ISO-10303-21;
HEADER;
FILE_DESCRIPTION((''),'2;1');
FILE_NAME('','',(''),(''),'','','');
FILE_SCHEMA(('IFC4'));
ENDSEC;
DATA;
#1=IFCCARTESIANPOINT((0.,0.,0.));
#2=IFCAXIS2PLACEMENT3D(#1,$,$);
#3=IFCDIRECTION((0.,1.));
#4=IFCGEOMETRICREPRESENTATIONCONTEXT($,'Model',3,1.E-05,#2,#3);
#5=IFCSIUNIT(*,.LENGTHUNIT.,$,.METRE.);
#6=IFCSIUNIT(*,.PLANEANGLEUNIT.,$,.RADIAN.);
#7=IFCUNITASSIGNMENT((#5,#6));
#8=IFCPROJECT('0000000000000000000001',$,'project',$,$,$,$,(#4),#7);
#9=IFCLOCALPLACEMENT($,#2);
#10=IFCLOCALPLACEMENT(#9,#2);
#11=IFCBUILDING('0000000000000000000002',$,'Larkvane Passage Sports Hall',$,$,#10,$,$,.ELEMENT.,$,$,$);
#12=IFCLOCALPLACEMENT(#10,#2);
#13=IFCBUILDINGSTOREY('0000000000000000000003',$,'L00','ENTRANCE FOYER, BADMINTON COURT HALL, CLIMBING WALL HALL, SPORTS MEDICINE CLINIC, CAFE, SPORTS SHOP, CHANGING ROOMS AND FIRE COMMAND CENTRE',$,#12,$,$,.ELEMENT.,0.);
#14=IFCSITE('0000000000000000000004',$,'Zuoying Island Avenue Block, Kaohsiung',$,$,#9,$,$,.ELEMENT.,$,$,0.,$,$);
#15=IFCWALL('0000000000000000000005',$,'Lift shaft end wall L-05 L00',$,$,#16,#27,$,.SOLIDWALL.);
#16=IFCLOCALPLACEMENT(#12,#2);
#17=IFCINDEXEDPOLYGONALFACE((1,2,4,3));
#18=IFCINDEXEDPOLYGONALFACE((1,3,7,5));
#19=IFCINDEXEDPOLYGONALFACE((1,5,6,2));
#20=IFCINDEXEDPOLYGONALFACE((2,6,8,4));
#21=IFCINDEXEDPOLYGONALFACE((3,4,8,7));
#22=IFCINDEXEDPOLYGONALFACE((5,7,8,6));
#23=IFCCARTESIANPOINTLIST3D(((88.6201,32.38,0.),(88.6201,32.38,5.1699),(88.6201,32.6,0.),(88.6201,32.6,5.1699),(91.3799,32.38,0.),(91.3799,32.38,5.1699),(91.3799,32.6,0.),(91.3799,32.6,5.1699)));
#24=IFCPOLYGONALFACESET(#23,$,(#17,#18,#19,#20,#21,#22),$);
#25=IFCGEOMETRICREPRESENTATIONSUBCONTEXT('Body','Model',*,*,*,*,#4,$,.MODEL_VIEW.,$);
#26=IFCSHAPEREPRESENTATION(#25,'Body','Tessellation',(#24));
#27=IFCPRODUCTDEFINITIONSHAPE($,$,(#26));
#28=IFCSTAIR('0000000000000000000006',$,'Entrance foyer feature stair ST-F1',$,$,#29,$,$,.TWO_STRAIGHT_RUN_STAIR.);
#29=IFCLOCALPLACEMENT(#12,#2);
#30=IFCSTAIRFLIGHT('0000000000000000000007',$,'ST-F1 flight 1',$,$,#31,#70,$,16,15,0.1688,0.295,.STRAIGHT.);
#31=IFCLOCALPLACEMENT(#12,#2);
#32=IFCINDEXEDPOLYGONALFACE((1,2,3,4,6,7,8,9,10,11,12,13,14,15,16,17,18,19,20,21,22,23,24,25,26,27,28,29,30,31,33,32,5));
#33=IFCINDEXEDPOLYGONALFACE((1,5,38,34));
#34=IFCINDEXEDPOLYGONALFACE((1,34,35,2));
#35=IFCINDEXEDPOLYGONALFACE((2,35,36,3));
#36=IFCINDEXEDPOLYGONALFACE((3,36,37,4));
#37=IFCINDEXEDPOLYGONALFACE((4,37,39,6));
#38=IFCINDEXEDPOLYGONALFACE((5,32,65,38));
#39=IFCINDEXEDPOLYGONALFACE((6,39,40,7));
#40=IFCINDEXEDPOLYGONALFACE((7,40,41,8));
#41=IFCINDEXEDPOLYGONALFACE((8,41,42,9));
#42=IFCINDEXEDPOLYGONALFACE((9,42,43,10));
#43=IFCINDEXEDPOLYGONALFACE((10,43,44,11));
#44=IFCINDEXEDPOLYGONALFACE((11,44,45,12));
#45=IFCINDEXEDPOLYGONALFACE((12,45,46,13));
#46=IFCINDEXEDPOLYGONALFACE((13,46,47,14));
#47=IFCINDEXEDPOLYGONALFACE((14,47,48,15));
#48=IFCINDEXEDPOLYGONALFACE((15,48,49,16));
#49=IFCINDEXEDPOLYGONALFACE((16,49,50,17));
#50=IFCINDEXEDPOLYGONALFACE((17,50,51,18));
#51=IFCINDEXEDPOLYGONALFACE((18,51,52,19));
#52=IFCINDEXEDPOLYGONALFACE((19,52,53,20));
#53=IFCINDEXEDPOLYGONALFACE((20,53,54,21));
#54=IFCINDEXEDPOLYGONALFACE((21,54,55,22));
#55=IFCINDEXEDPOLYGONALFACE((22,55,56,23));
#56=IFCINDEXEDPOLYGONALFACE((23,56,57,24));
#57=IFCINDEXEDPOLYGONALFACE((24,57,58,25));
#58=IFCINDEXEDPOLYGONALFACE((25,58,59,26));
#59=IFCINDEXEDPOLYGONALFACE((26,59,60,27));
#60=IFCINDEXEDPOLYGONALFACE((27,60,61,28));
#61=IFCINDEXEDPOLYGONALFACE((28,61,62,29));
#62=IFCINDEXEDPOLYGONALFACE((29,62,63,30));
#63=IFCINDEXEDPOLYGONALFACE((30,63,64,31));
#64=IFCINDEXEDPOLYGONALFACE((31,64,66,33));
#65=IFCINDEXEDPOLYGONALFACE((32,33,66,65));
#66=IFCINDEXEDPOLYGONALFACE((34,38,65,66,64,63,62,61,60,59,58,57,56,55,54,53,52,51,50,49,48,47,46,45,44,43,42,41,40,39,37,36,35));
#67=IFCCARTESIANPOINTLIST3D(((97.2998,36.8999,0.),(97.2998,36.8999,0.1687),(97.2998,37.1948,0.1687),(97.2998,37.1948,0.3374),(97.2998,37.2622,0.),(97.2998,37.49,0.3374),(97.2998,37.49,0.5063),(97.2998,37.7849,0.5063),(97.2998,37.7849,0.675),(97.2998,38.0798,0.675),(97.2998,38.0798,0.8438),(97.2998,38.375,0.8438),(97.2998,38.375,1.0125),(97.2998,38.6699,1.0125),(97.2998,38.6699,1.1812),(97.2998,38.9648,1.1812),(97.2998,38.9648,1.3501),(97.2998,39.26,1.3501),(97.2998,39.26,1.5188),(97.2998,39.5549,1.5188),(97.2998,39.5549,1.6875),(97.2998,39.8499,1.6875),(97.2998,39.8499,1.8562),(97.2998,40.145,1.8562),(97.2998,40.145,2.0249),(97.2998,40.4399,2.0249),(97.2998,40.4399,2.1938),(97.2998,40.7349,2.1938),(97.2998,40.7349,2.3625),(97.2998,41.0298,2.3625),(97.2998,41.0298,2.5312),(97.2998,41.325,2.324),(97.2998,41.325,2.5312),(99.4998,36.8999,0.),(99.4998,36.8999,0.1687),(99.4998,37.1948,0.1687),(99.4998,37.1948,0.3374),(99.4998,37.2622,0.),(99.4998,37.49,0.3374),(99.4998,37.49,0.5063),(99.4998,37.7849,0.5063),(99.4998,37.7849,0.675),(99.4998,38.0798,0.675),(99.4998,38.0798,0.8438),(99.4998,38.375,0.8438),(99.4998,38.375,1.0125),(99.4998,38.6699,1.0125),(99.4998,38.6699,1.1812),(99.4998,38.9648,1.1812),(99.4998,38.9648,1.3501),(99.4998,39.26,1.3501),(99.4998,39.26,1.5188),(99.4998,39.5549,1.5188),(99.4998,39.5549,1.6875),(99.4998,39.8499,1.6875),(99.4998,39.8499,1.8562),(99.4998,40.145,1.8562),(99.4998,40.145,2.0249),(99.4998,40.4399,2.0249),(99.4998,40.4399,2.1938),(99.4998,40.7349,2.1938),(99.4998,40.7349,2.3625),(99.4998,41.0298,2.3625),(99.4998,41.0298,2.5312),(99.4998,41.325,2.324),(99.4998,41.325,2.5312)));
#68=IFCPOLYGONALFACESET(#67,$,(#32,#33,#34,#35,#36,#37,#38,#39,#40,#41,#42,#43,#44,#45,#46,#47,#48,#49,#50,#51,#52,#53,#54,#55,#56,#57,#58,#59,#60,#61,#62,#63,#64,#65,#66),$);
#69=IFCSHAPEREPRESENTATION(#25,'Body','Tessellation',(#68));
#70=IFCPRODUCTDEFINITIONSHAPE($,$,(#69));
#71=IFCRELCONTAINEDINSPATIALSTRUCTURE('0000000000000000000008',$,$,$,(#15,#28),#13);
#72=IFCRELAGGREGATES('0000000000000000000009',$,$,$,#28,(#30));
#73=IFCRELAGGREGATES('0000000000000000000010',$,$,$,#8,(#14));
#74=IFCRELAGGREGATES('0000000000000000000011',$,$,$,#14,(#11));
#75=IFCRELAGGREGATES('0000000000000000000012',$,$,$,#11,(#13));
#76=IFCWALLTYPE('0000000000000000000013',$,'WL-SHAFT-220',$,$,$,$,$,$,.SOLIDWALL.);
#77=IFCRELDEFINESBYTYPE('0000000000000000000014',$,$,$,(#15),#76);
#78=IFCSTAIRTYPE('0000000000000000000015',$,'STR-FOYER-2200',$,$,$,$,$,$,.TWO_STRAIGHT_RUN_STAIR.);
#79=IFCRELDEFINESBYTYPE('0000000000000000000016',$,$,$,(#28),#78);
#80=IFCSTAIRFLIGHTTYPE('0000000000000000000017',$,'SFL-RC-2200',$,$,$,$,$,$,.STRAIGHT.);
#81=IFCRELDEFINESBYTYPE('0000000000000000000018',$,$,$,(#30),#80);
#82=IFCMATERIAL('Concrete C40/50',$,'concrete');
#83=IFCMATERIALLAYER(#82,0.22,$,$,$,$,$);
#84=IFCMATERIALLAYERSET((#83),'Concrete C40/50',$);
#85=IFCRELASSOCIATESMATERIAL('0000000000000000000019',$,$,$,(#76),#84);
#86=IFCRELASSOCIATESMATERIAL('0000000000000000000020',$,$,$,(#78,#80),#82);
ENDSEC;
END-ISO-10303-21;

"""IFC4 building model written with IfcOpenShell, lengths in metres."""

from ifc_helpers import new_model, si_unit, direction, frame, frame_2d, origin, place, context, subcontext, project, spatial, polyline, rectangle, outline, extrude, material, layer, layer_set, type_object, element, aggregate, save


model = new_model("IFC4")

# Units and contexts
model_context = context("Model", 3, precision=1e-05, world=origin(), true_north=direction((0.0, 1.0)))
body_context = subcontext(model_context, "Body", "Model", "MODEL_VIEW")
ifc_project = project(units=[si_unit("LENGTHUNIT", "METRE"), si_unit("PLANEANGLEUNIT", "RADIAN")], contexts=[model_context])

# Site, building, storey
site_placement = place(None, origin())
site = spatial("IfcSite", under=ifc_project, at=site_placement, Name="Zuoying Island Avenue Block, Kaohsiung", CompositionType="ELEMENT", RefElevation=0.0)
building_placement = place(site_placement, origin())
building = spatial("IfcBuilding", under=site, at=building_placement, Name="Larkvane Passage Sports Hall", CompositionType="ELEMENT")
storey_placement = place(building_placement, origin())
storey = spatial("IfcBuildingStorey", under=building, at=storey_placement, Name="L00", Description="ENTRANCE FOYER, BADMINTON COURT HALL, CLIMBING WALL HALL, SPORTS MEDICINE CLINIC, CAFE, SPORTS SHOP, CHANGING ROOMS AND FIRE COMMAND CENTRE", CompositionType="ELEMENT", Elevation=0.0)

# Shared definitions
ifc_material_1 = material(Name="Concrete C40/50", Category="concrete")

# Wall
ifc_layer_1 = layer(ifc_material_1, 0.22)
ifc_layer_set_1 = layer_set([ifc_layer_1], Name="Concrete C40/50")
wall_type_1 = type_object("IfcWallType", Name="WL-SHAFT-220", PredefinedType="SOLIDWALL", material=ifc_layer_set_1)
wall_1_placement = place(storey_placement, frame((88.6201, 32.49, 0.0), z_axis=(0.0, 0.0, 1.0), x_axis=(1.0, 0.0, 0.0)))
element("IfcWall", 1, at=wall_1_placement, inside=storey, type_object=wall_type_1, Name="Lift shaft end wall L-05 L00", PredefinedType="SOLIDWALL", context=body_context, shape_type="SweptSolid", body=[
    extrude(rectangle(XDim=2.7598, YDim=0.22, at=frame_2d((1.3799, 0.0))), origin(), (0.0, 0.0, 1.0), 5.1699),
])

# Stair, stair flight
stair_type = type_object("IfcStairType", Name="STR-FOYER-2200", PredefinedType="TWO_STRAIGHT_RUN_STAIR", material=ifc_material_1)
stair_placement = place(storey_placement, origin())
stair = element("IfcStair", 2, at=stair_placement, inside=storey, type_object=stair_type, Name="Entrance foyer feature stair ST-F1", PredefinedType="TWO_STRAIGHT_RUN_STAIR")
stair_flight_type = type_object("IfcStairFlightType", Name="SFL-RC-2200", PredefinedType="STRAIGHT", material=ifc_material_1)
stair_flight_placement = place(storey_placement, frame((98.3999, 36.8999, 0.0), z_axis=(0.0, 0.0, 1.0), x_axis=(0.0, 1.0, 0.0)))
stair_flight = element("IfcStairFlight", 3, at=stair_flight_placement, type_object=stair_flight_type, Name="ST-F1 flight 1", NumberOfRisers=16, NumberOfTreads=15, PredefinedType="STRAIGHT", RiserHeight=0.1688, TreadLength=0.295, context=body_context, shape_type="SweptSolid", body=[
    extrude(outline(polyline([(0.0, 0.0), (0.0, 0.1687), (0.2949, 0.1687), (0.2949, 0.3374), (0.5901, 0.3374), (0.5901, 0.5063), (0.885, 0.5063), (0.885, 0.675), (1.1799, 0.675), (1.1799, 0.8438), (1.4751, 0.8438), (1.4751, 1.0125), (1.77, 1.0125), (1.77, 1.1812), (2.0649, 1.1812), (2.0649, 1.3501), (2.3601, 1.3501), (2.3601, 1.5188), (2.655, 1.5188), (2.655, 1.6875), (2.95, 1.6875), (2.95, 1.8562), (3.2451, 1.8562), (3.2451, 2.0249), (3.54, 2.0249), (3.54, 2.1938), (3.835, 2.1938), (3.835, 2.3625), (4.1299, 2.3625), (4.1299, 2.5312), (4.425, 2.5312), (4.425, 2.7), (4.425, 2.324), (0.3623, 0.0), (0.0, 0.0)])), frame((0.0, 1.1001, 0.0), z_axis=(0.0, -1.0, 0.0), x_axis=(1.0, 0.0, 0.0)), (0.0, 0.0, 1.0), 2.2),
])
aggregate(stair, [stair_flight])

save(model, "model.ifc")
